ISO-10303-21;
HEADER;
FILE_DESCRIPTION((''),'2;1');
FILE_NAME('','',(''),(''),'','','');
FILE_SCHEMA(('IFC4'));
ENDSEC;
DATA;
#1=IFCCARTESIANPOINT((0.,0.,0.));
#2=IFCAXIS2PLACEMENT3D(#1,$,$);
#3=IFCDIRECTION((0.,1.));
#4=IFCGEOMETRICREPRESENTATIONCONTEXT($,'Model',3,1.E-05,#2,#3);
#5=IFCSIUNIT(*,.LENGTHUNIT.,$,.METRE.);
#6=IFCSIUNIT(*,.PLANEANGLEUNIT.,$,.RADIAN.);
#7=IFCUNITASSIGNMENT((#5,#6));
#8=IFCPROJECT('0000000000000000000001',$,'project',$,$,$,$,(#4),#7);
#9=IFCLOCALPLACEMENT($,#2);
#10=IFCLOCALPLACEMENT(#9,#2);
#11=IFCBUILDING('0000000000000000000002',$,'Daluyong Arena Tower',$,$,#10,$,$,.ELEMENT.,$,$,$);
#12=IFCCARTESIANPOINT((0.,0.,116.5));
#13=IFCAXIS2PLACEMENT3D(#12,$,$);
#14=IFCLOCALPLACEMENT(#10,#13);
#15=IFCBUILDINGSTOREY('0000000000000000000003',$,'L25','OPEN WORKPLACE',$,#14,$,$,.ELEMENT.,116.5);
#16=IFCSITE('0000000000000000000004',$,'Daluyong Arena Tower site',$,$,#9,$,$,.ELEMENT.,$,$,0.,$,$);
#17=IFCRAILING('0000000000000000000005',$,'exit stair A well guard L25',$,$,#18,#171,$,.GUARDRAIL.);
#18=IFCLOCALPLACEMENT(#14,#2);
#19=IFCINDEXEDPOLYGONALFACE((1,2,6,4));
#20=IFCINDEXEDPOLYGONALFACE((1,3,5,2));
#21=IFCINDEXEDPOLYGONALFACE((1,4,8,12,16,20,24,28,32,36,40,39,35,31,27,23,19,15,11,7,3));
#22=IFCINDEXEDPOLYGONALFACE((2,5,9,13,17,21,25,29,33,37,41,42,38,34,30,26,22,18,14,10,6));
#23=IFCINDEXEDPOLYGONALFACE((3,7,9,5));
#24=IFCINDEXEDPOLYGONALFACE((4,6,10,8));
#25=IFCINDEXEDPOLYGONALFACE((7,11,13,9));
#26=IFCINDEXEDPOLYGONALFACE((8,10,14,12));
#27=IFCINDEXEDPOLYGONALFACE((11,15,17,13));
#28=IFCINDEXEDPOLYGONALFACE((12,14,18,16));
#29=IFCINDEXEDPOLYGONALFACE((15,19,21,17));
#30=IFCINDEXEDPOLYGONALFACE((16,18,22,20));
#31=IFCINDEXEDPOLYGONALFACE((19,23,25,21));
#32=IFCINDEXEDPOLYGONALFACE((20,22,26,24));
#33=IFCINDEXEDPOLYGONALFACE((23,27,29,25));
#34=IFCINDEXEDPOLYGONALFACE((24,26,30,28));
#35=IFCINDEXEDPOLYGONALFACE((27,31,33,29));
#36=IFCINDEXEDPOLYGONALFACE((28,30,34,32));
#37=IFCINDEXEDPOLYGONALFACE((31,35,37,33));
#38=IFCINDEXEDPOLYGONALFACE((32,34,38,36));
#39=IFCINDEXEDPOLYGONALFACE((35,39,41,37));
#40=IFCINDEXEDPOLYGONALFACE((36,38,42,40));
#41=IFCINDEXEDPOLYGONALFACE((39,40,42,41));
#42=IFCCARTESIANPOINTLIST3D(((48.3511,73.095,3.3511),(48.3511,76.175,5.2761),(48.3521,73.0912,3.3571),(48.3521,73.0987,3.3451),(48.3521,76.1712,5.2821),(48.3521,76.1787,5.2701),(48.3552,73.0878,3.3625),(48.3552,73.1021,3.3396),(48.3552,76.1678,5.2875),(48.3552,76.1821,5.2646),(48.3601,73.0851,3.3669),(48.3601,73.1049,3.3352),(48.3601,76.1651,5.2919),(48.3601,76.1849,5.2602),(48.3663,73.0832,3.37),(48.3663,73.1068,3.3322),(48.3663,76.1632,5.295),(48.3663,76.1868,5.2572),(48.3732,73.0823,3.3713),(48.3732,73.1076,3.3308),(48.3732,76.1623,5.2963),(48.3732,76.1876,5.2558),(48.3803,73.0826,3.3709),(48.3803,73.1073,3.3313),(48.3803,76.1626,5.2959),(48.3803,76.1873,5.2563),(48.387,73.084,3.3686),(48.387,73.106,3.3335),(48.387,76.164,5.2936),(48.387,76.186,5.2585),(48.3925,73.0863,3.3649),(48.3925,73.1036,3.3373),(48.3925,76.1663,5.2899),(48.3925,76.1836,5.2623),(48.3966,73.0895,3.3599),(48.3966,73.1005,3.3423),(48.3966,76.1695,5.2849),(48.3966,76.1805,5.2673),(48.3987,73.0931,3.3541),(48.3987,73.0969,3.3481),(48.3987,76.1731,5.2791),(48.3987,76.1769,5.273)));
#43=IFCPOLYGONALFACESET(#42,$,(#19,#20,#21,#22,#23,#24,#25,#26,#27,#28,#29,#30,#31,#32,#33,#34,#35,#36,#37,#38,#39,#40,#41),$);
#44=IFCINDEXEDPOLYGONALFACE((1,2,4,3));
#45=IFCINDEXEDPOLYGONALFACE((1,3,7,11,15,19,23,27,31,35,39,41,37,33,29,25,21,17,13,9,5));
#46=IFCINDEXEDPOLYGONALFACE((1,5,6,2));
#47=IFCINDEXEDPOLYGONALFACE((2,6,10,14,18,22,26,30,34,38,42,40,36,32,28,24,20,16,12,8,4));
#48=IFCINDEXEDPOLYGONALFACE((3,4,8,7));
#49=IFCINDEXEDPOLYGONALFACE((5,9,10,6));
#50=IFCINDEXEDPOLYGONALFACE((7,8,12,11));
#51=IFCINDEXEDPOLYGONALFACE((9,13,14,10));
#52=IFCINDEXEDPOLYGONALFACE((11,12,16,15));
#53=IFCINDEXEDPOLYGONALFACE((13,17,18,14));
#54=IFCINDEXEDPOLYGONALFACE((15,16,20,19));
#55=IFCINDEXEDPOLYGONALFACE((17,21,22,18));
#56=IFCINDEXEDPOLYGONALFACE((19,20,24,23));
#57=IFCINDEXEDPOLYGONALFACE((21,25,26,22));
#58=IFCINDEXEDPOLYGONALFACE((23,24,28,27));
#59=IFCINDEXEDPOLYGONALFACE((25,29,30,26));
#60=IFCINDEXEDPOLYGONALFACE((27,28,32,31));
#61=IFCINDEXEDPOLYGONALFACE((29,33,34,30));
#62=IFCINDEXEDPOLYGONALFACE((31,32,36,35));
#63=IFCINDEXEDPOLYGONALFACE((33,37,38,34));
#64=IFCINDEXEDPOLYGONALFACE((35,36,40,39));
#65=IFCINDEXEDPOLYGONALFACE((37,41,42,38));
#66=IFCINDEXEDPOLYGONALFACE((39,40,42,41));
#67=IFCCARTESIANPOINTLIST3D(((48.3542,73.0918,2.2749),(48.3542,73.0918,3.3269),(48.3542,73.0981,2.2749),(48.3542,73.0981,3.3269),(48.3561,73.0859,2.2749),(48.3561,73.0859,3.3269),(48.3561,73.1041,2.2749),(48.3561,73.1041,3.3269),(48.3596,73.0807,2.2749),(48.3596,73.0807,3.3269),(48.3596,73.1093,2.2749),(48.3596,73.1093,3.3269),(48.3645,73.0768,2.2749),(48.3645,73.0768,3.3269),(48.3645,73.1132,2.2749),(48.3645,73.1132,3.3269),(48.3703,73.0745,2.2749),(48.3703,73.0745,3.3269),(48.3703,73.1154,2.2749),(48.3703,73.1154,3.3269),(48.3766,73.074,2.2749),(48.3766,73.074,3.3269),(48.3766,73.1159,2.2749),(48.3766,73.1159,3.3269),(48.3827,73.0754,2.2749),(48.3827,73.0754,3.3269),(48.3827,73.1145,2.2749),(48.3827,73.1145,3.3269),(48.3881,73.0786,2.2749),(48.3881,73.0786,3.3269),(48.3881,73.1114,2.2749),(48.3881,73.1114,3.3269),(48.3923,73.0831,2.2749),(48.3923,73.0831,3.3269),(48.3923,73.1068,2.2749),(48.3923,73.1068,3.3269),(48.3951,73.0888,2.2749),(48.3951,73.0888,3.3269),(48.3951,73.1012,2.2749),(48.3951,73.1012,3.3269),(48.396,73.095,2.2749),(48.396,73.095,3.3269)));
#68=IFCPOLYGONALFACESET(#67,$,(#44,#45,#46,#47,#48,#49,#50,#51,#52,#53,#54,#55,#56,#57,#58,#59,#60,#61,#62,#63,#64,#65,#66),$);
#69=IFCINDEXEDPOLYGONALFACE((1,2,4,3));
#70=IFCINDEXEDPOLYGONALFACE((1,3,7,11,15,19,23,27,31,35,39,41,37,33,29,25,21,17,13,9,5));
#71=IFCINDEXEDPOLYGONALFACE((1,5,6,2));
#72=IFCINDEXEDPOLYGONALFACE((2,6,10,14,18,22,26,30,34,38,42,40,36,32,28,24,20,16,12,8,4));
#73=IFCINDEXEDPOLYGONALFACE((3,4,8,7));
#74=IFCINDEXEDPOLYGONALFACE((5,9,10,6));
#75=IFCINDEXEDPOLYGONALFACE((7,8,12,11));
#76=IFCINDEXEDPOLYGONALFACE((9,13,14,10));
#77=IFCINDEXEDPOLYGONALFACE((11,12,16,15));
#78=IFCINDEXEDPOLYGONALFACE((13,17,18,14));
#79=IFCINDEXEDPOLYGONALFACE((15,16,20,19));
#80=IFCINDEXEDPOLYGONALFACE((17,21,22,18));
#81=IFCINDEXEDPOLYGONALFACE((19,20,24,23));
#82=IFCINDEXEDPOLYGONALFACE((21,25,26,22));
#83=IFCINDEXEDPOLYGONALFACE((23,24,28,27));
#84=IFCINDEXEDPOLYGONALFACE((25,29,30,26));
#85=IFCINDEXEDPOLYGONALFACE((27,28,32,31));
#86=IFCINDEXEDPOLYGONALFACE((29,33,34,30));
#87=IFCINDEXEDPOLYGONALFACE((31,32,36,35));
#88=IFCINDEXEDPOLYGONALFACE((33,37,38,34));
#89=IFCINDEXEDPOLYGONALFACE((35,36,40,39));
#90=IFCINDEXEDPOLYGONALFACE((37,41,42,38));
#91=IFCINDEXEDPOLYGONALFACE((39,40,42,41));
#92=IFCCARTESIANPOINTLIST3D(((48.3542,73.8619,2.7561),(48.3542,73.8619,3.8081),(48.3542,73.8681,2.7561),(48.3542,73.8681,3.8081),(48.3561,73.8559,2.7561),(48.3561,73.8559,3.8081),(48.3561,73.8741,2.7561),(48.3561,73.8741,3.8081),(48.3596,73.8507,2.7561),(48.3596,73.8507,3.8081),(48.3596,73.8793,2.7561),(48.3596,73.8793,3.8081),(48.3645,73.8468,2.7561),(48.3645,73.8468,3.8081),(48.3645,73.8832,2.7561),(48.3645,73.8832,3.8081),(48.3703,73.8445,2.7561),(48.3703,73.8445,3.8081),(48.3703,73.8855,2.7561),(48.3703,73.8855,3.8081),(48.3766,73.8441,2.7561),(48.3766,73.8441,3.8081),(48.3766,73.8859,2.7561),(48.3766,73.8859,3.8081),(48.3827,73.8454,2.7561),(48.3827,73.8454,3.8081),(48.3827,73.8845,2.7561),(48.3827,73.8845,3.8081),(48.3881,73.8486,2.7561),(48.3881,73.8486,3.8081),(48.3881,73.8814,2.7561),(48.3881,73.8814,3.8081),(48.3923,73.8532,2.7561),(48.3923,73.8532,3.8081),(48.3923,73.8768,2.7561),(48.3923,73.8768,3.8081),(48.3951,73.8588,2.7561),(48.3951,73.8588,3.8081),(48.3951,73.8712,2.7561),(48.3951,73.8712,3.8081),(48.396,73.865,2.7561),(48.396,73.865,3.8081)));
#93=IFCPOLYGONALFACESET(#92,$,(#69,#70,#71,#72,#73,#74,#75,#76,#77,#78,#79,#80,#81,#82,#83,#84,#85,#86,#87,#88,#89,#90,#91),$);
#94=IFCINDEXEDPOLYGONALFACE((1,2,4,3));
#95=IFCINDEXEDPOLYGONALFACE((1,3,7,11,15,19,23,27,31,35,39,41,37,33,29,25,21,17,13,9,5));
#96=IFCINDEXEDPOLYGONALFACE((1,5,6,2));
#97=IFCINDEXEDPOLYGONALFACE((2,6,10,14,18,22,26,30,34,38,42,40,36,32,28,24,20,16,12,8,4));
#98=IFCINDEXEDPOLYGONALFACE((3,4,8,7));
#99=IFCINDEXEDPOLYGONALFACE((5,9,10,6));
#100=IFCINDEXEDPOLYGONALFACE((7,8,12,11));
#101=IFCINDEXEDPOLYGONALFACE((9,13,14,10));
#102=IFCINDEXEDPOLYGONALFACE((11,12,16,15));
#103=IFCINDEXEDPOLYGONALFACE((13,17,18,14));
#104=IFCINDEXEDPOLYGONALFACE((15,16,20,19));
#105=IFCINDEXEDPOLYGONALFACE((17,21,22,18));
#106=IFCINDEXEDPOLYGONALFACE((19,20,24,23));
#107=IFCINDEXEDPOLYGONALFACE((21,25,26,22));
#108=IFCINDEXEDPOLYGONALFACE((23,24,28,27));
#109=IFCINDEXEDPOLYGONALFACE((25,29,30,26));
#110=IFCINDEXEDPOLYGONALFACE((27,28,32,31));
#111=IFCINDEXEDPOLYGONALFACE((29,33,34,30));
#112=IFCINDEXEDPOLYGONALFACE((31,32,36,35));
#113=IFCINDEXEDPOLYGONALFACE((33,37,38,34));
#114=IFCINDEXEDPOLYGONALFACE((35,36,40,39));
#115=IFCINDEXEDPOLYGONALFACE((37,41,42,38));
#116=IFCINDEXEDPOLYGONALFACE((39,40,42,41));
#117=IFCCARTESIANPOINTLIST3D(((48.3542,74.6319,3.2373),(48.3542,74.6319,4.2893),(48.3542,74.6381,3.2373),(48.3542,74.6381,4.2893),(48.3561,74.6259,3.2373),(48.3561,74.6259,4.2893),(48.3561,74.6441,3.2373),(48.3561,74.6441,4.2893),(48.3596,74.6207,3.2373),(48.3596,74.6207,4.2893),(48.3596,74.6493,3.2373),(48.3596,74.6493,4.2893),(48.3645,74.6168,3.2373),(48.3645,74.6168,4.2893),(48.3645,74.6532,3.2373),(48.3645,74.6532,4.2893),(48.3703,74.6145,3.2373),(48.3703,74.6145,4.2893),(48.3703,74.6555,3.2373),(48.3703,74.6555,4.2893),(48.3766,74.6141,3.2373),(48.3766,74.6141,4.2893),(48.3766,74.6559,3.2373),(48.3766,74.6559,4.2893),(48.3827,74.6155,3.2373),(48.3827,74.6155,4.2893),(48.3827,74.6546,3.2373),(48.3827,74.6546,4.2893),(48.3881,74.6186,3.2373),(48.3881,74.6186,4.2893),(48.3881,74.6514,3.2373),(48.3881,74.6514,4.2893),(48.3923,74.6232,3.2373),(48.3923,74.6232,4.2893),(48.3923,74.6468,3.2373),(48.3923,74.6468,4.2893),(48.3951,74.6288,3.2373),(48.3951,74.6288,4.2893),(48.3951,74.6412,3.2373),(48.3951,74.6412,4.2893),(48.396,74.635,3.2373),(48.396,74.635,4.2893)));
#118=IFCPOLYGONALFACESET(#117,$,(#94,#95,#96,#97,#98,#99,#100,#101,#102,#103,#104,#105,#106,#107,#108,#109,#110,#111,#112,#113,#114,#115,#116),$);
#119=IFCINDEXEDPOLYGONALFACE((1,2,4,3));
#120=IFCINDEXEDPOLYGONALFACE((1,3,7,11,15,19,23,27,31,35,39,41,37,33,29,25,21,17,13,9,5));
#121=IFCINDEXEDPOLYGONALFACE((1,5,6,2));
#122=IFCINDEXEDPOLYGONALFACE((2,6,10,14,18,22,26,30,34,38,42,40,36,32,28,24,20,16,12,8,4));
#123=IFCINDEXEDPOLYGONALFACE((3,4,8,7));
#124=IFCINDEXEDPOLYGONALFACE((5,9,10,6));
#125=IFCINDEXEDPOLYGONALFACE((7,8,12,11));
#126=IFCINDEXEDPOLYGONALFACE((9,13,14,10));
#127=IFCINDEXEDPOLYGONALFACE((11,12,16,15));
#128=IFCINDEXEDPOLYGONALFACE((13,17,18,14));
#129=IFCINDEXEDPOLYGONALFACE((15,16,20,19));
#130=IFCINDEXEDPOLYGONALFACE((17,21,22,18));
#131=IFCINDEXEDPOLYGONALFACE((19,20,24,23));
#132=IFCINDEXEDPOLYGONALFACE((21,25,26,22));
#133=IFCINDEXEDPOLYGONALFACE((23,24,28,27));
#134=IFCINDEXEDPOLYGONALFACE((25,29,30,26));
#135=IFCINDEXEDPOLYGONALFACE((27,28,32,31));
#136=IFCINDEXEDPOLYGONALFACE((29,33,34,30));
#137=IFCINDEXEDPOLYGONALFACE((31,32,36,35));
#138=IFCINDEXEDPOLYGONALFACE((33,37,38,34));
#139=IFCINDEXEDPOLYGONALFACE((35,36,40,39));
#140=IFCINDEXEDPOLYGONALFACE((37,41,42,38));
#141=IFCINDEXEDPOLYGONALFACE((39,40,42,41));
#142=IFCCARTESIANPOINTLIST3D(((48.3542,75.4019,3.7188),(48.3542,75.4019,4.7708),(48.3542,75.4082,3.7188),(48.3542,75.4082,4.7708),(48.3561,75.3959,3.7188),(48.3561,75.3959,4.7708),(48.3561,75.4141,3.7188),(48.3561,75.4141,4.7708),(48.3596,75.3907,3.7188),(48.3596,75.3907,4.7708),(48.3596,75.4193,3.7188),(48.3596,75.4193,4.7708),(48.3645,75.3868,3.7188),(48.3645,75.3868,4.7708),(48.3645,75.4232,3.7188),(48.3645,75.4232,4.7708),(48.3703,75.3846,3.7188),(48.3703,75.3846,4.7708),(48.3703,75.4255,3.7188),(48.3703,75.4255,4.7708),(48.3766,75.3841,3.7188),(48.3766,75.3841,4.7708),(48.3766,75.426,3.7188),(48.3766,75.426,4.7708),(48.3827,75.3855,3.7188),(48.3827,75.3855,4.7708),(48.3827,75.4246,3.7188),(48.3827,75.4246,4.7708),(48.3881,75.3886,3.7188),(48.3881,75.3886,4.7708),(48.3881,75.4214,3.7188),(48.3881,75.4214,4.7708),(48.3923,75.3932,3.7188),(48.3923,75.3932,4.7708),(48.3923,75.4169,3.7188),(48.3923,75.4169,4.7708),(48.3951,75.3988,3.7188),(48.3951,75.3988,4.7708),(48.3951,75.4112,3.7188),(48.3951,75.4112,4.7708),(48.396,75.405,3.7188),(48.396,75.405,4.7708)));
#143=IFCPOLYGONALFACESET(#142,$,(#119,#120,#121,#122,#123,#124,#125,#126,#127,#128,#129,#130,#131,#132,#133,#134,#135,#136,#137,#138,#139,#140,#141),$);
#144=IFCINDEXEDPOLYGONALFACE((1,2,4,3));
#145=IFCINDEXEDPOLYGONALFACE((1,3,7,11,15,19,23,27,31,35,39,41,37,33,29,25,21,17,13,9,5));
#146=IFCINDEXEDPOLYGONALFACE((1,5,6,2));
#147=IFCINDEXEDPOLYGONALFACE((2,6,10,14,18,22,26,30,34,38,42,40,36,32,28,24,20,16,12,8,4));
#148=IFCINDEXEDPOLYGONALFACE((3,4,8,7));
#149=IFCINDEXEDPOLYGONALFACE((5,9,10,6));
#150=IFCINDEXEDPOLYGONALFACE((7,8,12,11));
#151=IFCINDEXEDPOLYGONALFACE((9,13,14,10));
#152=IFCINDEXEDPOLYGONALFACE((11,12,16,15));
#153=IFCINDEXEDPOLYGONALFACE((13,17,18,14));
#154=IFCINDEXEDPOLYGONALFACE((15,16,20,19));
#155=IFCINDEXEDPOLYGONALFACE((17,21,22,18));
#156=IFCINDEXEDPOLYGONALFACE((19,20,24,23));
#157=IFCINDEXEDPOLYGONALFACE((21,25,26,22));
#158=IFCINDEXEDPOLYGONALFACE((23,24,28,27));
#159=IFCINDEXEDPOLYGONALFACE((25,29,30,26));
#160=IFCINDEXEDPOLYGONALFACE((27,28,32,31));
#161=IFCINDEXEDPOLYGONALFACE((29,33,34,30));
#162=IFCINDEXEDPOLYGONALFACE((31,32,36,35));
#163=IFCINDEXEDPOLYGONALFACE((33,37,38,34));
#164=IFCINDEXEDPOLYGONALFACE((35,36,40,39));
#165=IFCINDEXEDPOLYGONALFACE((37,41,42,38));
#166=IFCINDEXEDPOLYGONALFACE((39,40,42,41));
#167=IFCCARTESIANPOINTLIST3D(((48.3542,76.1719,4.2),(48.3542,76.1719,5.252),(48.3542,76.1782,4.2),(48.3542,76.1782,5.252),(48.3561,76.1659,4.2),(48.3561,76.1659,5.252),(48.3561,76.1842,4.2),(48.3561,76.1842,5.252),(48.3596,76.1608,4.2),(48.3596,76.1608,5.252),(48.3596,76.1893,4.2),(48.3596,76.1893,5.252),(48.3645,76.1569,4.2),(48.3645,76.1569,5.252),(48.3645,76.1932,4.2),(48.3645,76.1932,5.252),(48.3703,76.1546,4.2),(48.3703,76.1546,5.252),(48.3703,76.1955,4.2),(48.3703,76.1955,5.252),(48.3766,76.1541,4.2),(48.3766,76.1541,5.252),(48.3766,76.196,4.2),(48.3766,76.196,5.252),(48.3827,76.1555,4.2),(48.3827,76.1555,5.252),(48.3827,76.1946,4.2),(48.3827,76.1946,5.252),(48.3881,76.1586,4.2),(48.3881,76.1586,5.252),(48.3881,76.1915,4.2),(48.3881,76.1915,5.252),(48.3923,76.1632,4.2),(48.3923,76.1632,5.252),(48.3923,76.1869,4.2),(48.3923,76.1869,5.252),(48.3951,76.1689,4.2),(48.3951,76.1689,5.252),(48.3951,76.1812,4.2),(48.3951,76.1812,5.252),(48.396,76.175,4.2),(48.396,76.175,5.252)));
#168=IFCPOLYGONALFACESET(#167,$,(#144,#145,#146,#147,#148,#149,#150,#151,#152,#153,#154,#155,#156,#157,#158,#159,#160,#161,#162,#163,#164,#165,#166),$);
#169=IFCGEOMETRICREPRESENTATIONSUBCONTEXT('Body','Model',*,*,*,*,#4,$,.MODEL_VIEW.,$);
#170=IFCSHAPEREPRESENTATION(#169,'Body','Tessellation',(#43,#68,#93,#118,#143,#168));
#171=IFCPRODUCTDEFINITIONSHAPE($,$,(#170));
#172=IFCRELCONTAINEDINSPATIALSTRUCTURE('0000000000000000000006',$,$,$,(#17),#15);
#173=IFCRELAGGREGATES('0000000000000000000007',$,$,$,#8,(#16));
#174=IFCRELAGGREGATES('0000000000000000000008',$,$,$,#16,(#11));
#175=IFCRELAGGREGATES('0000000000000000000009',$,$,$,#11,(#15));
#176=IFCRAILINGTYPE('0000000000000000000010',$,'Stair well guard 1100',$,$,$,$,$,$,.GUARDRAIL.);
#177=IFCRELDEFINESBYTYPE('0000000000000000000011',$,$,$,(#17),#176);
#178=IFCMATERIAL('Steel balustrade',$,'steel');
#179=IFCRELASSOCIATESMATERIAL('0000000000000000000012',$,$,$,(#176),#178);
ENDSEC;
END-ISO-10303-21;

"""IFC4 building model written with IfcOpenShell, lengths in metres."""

from ifc_helpers import new_model, si_unit, direction, frame, origin, origin_2d, place, context, subcontext, project, spatial, circle, extrude, material, type_object, element, save


model = new_model("IFC4")

# Units and contexts
model_context = context("Model", 3, precision=1e-05, world=origin(), true_north=direction((0.0, 1.0)))
body_context = subcontext(model_context, "Body", "Model", "MODEL_VIEW")
ifc_project = project(units=[si_unit("LENGTHUNIT", "METRE"), si_unit("PLANEANGLEUNIT", "RADIAN")], contexts=[model_context])

# Site, building, storey
site_placement = place(None, origin())
site = spatial("IfcSite", under=ifc_project, at=site_placement, Name="Daluyong Arena Tower site", CompositionType="ELEMENT", RefElevation=0.0)
building_placement = place(site_placement, origin())
building = spatial("IfcBuilding", under=site, at=building_placement, Name="Daluyong Arena Tower", CompositionType="ELEMENT")
storey_placement = place(building_placement, frame((0.0, 0.0, 116.5)))
storey = spatial("IfcBuildingStorey", under=building, at=storey_placement, Name="L25", Description="OPEN WORKPLACE", CompositionType="ELEMENT", Elevation=116.5)

# Railing
ifc_material_1 = material(Name="Steel balustrade", Category="steel")
railing_type_1 = type_object("IfcRailingType", Name="Stair well guard 1100", PredefinedType="GUARDRAIL", material=ifc_material_1)
railing_1_placement = place(storey_placement, frame((48.375, 73.095, 2.2749)))
element("IfcRailing", 1, at=railing_1_placement, inside=storey, type_object=railing_type_1, Name="exit stair A well guard L25", PredefinedType="GUARDRAIL", context=body_context, shape_type="SweptSolid", body=[
    extrude(circle(Radius=0.0239, at=origin_2d()), frame((0.0, 0.0, 1.0762), z_axis=(0.0, 0.847998, 0.529999), x_axis=(-1.0, 0.0, 0.0)), (0.0, 0.0, 1.0), 3.6321),
    extrude(circle(Radius=0.021, at=origin_2d()), origin(), (0.0, 0.0, 1.0), 1.052),
    extrude(circle(Radius=0.021, at=origin_2d()), frame((0.0, 0.77, 0.4812)), (0.0, 0.0, 1.0), 1.052),
    extrude(circle(Radius=0.021, at=origin_2d()), frame((0.0, 1.54, 0.9624)), (0.0, 0.0, 1.0), 1.052),
    extrude(circle(Radius=0.021, at=origin_2d()), frame((0.0, 2.3101, 1.4438)), (0.0, 0.0, 1.0), 1.052),
    extrude(circle(Radius=0.021, at=origin_2d()), frame((0.0, 3.0801, 1.925)), (0.0, 0.0, 1.0), 1.052),
])

save(model, "model.ifc")
